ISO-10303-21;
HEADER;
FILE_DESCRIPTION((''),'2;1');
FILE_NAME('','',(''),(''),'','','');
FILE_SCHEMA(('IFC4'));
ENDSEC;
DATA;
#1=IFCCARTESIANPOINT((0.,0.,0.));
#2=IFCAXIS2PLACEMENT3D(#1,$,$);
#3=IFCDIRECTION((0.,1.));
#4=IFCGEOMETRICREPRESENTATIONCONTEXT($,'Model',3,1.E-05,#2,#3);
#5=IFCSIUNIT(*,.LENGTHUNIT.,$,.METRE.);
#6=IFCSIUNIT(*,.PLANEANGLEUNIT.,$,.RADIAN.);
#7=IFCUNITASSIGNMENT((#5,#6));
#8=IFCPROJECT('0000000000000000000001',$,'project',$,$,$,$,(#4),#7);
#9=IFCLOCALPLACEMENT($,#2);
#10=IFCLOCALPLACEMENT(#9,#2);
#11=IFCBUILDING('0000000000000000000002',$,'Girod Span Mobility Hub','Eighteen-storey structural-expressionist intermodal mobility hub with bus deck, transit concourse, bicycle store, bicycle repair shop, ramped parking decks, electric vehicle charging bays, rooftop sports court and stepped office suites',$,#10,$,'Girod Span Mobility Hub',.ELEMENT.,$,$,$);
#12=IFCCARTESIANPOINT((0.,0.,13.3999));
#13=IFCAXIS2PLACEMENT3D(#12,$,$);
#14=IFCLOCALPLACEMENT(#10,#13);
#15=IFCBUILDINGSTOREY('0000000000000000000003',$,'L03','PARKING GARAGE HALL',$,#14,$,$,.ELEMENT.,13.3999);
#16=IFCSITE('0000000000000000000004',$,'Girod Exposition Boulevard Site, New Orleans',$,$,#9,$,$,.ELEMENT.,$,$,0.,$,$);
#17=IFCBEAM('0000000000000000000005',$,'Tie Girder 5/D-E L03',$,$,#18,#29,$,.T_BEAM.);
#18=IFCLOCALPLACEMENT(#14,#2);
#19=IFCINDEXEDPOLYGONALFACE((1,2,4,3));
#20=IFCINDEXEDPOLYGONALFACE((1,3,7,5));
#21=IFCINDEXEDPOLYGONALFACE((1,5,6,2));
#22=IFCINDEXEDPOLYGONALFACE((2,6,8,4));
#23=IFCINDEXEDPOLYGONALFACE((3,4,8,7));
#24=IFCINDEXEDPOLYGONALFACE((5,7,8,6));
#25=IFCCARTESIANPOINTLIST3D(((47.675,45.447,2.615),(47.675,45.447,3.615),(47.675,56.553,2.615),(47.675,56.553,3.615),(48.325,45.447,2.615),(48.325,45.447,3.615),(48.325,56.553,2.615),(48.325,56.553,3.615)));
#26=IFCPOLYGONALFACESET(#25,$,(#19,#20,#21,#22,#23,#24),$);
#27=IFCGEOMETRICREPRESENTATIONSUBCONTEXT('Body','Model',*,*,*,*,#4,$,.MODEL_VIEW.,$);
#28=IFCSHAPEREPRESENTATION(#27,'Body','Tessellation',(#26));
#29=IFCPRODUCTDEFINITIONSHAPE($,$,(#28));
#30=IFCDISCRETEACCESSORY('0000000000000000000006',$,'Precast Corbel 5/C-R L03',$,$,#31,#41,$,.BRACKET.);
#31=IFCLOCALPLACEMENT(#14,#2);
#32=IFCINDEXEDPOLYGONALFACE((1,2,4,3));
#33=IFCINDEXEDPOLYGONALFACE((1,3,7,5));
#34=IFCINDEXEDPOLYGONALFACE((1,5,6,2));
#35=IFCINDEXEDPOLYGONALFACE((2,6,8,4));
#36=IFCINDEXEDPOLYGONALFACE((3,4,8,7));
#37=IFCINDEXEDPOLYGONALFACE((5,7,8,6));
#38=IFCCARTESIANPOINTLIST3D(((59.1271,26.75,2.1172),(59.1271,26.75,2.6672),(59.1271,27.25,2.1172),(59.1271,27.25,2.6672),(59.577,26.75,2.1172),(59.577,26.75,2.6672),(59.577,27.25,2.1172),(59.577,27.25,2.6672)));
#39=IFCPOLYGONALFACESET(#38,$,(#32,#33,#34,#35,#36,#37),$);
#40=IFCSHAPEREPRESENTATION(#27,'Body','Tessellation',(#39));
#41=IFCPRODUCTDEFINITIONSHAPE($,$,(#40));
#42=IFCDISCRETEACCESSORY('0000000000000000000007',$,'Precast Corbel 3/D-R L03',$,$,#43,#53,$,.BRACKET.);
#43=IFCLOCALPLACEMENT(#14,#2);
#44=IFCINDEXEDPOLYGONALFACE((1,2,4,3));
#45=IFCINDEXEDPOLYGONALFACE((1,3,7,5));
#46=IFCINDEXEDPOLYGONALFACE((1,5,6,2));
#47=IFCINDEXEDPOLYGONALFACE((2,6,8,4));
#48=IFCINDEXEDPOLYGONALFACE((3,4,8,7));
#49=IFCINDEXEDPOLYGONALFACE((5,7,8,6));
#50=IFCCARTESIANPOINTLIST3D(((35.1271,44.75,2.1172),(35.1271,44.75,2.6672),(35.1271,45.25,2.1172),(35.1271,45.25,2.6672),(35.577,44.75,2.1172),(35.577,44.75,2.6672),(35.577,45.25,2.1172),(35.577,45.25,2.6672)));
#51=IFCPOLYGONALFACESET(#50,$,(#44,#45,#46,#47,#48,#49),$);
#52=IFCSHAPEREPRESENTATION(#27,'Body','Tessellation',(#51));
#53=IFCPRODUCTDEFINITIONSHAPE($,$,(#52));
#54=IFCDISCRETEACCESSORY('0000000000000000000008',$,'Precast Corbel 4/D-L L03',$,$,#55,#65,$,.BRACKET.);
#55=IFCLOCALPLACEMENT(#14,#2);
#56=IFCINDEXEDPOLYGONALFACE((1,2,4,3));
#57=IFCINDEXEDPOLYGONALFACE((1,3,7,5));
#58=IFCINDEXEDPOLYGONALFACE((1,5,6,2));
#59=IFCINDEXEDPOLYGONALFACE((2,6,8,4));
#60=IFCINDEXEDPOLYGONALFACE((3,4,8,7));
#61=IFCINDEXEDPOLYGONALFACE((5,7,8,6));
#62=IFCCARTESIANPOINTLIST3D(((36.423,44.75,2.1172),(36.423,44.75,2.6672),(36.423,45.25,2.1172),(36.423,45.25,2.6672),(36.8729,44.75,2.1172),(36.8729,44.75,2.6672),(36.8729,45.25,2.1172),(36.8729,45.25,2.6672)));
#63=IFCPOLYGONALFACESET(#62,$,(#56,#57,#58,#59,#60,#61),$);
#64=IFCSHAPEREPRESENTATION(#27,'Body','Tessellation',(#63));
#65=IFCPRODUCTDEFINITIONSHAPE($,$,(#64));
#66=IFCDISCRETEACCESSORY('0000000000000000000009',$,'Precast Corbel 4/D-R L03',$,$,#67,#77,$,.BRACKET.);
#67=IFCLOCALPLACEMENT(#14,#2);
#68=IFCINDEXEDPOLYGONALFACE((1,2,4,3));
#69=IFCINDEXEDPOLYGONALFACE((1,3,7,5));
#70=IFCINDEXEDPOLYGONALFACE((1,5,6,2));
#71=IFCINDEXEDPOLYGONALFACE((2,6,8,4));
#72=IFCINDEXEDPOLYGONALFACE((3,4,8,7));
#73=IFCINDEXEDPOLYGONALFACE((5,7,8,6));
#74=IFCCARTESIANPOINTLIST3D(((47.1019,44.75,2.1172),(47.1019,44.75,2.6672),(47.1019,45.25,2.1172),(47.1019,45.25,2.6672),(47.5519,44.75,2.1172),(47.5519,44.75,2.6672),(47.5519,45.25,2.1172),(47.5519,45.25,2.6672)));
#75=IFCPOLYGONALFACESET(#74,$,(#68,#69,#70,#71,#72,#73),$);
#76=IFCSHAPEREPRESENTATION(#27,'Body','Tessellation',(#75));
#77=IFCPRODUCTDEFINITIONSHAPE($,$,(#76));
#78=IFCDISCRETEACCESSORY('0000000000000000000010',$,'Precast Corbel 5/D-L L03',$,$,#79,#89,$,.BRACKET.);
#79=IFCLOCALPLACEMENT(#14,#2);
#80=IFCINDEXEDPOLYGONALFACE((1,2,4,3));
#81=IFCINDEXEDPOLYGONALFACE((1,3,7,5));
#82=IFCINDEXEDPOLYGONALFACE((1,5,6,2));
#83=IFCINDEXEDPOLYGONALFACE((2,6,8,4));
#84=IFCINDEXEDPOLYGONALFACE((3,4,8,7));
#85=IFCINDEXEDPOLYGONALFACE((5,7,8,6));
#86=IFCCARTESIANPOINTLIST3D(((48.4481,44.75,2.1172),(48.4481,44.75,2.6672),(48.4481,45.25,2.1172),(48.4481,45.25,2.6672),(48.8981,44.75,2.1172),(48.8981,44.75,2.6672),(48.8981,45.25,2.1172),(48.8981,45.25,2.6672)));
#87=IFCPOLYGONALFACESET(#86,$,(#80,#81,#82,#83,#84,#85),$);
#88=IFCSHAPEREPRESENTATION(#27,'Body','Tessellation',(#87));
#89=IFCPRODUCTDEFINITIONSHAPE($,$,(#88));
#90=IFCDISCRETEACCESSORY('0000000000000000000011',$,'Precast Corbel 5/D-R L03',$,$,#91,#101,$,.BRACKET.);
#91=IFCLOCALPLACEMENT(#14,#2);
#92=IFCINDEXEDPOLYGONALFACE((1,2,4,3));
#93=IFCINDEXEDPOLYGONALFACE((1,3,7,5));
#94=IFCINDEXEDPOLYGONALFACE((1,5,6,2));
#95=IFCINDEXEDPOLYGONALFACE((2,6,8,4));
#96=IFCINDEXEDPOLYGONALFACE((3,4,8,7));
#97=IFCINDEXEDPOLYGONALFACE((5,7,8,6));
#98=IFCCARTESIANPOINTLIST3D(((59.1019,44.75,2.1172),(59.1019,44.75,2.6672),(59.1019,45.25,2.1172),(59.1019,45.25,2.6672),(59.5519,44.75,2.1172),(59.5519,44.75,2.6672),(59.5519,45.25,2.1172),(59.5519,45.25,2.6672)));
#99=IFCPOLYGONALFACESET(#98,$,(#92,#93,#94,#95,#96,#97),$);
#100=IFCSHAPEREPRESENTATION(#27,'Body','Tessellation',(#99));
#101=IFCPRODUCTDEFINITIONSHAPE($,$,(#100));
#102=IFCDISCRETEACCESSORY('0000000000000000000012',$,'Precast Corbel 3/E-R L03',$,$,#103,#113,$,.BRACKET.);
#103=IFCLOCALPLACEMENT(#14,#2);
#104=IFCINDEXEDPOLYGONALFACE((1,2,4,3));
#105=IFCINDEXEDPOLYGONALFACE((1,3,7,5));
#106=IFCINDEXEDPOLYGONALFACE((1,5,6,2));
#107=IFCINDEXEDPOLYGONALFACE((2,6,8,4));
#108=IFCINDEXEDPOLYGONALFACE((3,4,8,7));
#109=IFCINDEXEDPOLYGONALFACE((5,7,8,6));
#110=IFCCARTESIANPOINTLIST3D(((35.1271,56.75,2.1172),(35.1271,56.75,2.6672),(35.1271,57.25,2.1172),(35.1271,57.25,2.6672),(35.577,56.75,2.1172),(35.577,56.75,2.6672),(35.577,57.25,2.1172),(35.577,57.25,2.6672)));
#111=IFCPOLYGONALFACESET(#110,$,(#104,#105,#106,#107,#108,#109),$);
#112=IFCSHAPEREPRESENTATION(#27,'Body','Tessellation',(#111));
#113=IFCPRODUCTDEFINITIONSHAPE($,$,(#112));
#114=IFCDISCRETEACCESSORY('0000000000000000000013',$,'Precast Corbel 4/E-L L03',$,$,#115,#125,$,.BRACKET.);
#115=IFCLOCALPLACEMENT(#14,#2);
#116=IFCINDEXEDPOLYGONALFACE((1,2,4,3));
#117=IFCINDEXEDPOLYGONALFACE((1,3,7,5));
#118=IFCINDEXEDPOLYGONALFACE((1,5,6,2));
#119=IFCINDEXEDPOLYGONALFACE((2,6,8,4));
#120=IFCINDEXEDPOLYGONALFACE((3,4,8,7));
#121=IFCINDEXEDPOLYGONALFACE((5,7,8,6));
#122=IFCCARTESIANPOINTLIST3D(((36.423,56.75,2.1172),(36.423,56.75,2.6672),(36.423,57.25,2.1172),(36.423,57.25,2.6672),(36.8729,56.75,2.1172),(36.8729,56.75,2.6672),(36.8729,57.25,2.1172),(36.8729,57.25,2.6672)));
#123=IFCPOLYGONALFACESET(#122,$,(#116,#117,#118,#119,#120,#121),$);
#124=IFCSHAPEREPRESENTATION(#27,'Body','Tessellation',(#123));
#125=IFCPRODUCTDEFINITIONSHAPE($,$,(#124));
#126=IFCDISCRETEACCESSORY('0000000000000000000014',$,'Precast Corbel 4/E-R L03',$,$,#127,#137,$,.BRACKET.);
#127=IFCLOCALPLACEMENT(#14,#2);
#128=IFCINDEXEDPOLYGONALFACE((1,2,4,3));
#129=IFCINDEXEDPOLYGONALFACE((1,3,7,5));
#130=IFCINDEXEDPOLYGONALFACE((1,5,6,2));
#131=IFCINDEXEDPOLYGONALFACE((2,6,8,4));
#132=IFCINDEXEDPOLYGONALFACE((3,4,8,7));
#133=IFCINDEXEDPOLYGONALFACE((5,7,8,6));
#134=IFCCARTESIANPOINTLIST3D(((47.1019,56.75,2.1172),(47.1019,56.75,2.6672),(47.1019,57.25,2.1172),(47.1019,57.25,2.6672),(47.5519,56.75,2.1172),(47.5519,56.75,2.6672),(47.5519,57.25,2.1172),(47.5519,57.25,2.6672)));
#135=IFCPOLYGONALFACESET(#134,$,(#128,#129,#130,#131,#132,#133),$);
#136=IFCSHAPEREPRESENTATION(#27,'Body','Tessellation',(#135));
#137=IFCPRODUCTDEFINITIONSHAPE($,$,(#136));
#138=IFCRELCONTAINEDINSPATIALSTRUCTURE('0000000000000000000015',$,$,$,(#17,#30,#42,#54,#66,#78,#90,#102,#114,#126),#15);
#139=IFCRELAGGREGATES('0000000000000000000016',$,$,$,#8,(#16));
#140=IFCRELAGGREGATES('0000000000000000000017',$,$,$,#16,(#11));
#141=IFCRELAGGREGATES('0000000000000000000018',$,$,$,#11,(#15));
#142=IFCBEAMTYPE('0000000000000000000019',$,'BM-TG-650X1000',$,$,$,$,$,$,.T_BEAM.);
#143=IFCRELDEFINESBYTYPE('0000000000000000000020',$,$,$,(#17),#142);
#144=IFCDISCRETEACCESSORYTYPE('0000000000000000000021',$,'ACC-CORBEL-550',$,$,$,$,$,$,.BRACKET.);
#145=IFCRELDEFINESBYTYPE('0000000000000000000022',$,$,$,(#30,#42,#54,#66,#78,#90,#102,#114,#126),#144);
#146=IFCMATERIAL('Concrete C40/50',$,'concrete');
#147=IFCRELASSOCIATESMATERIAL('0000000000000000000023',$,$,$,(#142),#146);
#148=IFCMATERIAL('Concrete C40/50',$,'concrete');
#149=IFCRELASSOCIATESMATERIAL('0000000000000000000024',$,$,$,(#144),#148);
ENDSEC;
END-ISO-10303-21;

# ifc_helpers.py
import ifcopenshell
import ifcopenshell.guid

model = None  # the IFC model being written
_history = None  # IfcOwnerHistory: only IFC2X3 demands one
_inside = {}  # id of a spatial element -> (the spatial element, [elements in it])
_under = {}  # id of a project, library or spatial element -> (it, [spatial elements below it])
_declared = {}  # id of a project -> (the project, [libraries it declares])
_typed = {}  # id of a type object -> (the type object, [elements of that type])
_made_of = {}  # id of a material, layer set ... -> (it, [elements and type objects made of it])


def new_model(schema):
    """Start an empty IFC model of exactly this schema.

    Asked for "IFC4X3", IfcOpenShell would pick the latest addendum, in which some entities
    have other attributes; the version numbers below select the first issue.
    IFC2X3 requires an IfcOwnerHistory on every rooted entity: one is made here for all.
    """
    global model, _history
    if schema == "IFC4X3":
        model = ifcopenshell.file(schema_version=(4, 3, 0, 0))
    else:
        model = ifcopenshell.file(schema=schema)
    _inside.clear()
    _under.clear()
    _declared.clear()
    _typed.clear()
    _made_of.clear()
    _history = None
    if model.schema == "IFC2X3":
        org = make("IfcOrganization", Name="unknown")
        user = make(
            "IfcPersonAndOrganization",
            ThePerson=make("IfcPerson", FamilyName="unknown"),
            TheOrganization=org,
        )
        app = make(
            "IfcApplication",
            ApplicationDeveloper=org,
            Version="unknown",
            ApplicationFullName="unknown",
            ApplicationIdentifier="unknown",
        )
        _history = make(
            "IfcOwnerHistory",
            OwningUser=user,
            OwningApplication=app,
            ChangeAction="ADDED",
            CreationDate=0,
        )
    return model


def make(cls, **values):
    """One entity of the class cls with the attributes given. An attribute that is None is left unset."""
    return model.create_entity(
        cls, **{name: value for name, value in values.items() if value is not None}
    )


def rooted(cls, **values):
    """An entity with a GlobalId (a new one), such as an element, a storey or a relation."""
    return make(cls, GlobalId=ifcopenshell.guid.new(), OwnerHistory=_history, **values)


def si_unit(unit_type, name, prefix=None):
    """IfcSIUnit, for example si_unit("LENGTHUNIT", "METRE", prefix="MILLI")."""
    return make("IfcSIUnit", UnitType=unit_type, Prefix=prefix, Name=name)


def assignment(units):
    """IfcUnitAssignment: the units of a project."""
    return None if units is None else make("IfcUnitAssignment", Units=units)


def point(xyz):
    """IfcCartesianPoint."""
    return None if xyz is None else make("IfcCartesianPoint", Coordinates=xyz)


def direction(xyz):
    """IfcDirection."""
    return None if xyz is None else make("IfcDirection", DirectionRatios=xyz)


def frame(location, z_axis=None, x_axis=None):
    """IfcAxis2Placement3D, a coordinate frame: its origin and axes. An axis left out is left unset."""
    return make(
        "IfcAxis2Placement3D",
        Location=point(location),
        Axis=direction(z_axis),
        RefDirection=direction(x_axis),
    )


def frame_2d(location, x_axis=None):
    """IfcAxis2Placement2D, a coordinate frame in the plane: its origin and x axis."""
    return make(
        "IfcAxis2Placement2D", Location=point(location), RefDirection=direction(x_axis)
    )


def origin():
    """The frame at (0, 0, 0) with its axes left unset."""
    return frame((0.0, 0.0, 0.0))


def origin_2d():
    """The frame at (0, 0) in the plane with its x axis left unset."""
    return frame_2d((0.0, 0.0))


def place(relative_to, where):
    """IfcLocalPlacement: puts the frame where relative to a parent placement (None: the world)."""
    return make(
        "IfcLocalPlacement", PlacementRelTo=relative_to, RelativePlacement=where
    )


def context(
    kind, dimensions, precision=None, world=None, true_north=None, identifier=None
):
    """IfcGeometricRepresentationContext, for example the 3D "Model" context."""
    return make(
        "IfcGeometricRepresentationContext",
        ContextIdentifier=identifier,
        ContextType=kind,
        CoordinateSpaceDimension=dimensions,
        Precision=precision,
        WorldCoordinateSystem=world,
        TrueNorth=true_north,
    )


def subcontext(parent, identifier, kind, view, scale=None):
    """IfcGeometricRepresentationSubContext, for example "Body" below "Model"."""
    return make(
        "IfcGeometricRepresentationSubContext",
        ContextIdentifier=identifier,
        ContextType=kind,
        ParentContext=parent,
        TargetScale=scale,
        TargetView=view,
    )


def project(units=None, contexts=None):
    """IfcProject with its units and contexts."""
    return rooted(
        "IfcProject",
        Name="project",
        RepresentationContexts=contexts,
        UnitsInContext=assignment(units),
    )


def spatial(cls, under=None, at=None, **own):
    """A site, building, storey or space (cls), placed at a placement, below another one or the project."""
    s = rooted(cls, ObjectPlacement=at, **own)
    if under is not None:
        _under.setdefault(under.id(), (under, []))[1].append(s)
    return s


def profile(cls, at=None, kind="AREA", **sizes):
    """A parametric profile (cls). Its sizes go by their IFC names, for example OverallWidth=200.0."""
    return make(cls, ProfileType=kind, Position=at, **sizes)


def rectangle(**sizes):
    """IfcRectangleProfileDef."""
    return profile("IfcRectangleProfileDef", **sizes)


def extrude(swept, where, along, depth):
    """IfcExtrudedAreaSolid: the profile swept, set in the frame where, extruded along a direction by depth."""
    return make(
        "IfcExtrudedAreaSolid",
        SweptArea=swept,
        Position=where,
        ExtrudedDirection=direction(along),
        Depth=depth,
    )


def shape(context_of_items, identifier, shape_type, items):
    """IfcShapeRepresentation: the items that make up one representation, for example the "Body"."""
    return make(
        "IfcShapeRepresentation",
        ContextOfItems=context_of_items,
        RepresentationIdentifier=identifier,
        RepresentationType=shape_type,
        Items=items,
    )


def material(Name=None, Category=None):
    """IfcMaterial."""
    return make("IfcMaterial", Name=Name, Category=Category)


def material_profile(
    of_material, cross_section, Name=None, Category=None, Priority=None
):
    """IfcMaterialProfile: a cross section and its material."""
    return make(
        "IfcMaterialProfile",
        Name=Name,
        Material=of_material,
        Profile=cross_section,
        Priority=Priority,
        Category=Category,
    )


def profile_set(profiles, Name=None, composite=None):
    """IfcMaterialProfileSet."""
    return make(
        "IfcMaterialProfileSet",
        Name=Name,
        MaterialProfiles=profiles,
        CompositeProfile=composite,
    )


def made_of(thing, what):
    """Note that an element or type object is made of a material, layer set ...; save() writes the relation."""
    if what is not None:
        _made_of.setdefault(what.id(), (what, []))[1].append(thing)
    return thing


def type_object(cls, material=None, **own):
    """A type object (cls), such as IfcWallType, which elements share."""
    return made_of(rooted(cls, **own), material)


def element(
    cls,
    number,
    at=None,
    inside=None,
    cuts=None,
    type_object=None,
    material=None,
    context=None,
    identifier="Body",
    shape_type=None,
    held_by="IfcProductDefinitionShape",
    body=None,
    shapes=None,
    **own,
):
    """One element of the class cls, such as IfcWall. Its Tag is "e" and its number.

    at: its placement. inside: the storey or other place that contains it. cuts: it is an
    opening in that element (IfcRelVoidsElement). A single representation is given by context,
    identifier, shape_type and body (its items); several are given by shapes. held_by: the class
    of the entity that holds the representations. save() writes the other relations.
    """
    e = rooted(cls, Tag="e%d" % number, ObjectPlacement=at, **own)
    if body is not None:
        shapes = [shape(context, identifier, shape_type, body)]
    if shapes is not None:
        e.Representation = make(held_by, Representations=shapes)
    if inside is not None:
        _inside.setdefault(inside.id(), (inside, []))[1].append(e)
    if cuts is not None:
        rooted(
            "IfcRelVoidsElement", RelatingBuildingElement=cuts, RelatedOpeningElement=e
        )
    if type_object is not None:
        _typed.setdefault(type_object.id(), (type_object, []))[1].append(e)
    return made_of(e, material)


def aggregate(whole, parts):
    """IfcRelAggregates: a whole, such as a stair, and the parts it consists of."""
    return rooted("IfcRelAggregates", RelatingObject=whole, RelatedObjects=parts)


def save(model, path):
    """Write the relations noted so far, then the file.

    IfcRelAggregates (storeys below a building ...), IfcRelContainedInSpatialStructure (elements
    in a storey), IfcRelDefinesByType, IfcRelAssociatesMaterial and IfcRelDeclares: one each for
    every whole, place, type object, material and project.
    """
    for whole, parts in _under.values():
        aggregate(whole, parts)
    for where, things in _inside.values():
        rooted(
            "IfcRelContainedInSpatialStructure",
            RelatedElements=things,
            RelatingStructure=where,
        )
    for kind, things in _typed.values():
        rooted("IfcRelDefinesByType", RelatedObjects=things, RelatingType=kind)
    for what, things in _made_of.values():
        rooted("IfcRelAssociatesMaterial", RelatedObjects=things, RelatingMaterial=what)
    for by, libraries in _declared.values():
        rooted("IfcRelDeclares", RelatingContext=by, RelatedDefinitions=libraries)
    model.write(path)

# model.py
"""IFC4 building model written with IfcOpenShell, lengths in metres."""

from ifc_helpers import new_model, si_unit, direction, frame, origin, origin_2d, place, context, subcontext, project, spatial, rectangle, extrude, material, material_profile, profile_set, type_object, element, save


model = new_model("IFC4")

# Units and contexts
model_context = context("Model", 3, precision=1e-05, world=origin(), true_north=direction((0.0, 1.0)))
body_context = subcontext(model_context, "Body", "Model", "MODEL_VIEW")
ifc_project = project(units=[si_unit("LENGTHUNIT", "METRE"), si_unit("PLANEANGLEUNIT", "RADIAN")], contexts=[model_context])

# Site, building, storey
site_placement = place(None, origin())
site = spatial("IfcSite", under=ifc_project, at=site_placement, Name="Girod Exposition Boulevard Site, New Orleans", CompositionType="ELEMENT", RefElevation=0.0)
building_placement = place(site_placement, origin())
building = spatial("IfcBuilding", under=site, at=building_placement, Name="Girod Span Mobility Hub", Description="Eighteen-storey structural-expressionist intermodal mobility hub with bus deck, transit concourse, bicycle store, bicycle repair shop, ramped parking decks, electric vehicle charging bays, rooftop sports court and stepped office suites", LongName="Girod Span Mobility Hub", CompositionType="ELEMENT")
storey_placement = place(building_placement, frame((0.0, 0.0, 13.3999)))
storey = spatial("IfcBuildingStorey", under=building, at=storey_placement, Name="L03", Description="PARKING GARAGE HALL", CompositionType="ELEMENT", Elevation=13.3999)

# Beam
ifc_material_1 = material(Name="Concrete C40/50", Category="concrete")
ifc_material_profile_1 = material_profile(ifc_material_1, rectangle(XDim=0.6499, YDim=1.0, at=origin_2d()), Name="TG-650X1000")
ifc_profile_set_1 = profile_set([ifc_material_profile_1], Name="Concrete C40/50")
beam_type_1 = type_object("IfcBeamType", Name="BM-TG-650X1000", PredefinedType="T_BEAM", material=ifc_profile_set_1)
beam_1_placement = place(storey_placement, frame((48.0, 45.447, 3.115), z_axis=(0.0, 1.0, 0.0), x_axis=(-1.0, 0.0, 0.0)))
element("IfcBeam", 1, at=beam_1_placement, inside=storey, type_object=beam_type_1, Name="Tie Girder 5/D-E L03", PredefinedType="T_BEAM", context=body_context, shape_type="SweptSolid", body=[
    extrude(rectangle(XDim=0.6499, YDim=1.0, at=origin_2d()), origin(), (0.0, 0.0, 1.0), 11.106),
])

# Discrete accessories
ifc_material_2 = material(Name="Concrete C40/50", Category="concrete")
discrete_accessory_type = type_object("IfcDiscreteAccessoryType", Name="ACC-CORBEL-550", PredefinedType="BRACKET", material=ifc_material_2)
for number, where, z_axis, x_axis, name in (
    (2, (59.3521, 27.0, 2.1172), (0.0, 0.0, 1.0), (1.0, 0.0, 0.0), "Precast Corbel 5/C-R L03"),
    (3, (35.3521, 45.0, 2.1172), (0.0, 0.0, 1.0), (1.0, 0.0, 0.0), "Precast Corbel 3/D-R L03"),
    (4, (36.6479, 45.0, 2.1172), (0.0, 0.0, 1.0), (1.0, 0.0, 0.0), "Precast Corbel 4/D-L L03"),
    (5, (47.3269, 45.0, 2.1172), (0.0, 0.0, 1.0), (1.0, 0.0, 0.0), "Precast Corbel 4/D-R L03"),
    (6, (48.6731, 45.0, 2.1172), (0.0, 0.0, 1.0), (1.0, 0.0, 0.0), "Precast Corbel 5/D-L L03"),
    (7, (59.3269, 45.0, 2.1172), (0.0, 0.0, 1.0), (1.0, 0.0, 0.0), "Precast Corbel 5/D-R L03"),
    (8, (35.3521, 57.0, 2.1172), (0.0, 0.0, 1.0), (1.0, 0.0, 0.0), "Precast Corbel 3/E-R L03"),
    (9, (36.6479, 57.0, 2.1172), (0.0, 0.0, 1.0), (1.0, 0.0, 0.0), "Precast Corbel 4/E-L L03"),
    (10, (47.3269, 57.0, 2.1172), (0.0, 0.0, 1.0), (1.0, 0.0, 0.0), "Precast Corbel 4/E-R L03"),
):
    element("IfcDiscreteAccessory", number, at=place(storey_placement, frame(where, z_axis=z_axis, x_axis=x_axis)), inside=storey, type_object=discrete_accessory_type, Name=name, PredefinedType="BRACKET", context=body_context, shape_type="SweptSolid", body=[
        extrude(rectangle(XDim=0.45, YDim=0.5, at=origin_2d()), origin(), (0.0, 0.0, 1.0), 0.55),
    ])

save(model, "model.ifc")
